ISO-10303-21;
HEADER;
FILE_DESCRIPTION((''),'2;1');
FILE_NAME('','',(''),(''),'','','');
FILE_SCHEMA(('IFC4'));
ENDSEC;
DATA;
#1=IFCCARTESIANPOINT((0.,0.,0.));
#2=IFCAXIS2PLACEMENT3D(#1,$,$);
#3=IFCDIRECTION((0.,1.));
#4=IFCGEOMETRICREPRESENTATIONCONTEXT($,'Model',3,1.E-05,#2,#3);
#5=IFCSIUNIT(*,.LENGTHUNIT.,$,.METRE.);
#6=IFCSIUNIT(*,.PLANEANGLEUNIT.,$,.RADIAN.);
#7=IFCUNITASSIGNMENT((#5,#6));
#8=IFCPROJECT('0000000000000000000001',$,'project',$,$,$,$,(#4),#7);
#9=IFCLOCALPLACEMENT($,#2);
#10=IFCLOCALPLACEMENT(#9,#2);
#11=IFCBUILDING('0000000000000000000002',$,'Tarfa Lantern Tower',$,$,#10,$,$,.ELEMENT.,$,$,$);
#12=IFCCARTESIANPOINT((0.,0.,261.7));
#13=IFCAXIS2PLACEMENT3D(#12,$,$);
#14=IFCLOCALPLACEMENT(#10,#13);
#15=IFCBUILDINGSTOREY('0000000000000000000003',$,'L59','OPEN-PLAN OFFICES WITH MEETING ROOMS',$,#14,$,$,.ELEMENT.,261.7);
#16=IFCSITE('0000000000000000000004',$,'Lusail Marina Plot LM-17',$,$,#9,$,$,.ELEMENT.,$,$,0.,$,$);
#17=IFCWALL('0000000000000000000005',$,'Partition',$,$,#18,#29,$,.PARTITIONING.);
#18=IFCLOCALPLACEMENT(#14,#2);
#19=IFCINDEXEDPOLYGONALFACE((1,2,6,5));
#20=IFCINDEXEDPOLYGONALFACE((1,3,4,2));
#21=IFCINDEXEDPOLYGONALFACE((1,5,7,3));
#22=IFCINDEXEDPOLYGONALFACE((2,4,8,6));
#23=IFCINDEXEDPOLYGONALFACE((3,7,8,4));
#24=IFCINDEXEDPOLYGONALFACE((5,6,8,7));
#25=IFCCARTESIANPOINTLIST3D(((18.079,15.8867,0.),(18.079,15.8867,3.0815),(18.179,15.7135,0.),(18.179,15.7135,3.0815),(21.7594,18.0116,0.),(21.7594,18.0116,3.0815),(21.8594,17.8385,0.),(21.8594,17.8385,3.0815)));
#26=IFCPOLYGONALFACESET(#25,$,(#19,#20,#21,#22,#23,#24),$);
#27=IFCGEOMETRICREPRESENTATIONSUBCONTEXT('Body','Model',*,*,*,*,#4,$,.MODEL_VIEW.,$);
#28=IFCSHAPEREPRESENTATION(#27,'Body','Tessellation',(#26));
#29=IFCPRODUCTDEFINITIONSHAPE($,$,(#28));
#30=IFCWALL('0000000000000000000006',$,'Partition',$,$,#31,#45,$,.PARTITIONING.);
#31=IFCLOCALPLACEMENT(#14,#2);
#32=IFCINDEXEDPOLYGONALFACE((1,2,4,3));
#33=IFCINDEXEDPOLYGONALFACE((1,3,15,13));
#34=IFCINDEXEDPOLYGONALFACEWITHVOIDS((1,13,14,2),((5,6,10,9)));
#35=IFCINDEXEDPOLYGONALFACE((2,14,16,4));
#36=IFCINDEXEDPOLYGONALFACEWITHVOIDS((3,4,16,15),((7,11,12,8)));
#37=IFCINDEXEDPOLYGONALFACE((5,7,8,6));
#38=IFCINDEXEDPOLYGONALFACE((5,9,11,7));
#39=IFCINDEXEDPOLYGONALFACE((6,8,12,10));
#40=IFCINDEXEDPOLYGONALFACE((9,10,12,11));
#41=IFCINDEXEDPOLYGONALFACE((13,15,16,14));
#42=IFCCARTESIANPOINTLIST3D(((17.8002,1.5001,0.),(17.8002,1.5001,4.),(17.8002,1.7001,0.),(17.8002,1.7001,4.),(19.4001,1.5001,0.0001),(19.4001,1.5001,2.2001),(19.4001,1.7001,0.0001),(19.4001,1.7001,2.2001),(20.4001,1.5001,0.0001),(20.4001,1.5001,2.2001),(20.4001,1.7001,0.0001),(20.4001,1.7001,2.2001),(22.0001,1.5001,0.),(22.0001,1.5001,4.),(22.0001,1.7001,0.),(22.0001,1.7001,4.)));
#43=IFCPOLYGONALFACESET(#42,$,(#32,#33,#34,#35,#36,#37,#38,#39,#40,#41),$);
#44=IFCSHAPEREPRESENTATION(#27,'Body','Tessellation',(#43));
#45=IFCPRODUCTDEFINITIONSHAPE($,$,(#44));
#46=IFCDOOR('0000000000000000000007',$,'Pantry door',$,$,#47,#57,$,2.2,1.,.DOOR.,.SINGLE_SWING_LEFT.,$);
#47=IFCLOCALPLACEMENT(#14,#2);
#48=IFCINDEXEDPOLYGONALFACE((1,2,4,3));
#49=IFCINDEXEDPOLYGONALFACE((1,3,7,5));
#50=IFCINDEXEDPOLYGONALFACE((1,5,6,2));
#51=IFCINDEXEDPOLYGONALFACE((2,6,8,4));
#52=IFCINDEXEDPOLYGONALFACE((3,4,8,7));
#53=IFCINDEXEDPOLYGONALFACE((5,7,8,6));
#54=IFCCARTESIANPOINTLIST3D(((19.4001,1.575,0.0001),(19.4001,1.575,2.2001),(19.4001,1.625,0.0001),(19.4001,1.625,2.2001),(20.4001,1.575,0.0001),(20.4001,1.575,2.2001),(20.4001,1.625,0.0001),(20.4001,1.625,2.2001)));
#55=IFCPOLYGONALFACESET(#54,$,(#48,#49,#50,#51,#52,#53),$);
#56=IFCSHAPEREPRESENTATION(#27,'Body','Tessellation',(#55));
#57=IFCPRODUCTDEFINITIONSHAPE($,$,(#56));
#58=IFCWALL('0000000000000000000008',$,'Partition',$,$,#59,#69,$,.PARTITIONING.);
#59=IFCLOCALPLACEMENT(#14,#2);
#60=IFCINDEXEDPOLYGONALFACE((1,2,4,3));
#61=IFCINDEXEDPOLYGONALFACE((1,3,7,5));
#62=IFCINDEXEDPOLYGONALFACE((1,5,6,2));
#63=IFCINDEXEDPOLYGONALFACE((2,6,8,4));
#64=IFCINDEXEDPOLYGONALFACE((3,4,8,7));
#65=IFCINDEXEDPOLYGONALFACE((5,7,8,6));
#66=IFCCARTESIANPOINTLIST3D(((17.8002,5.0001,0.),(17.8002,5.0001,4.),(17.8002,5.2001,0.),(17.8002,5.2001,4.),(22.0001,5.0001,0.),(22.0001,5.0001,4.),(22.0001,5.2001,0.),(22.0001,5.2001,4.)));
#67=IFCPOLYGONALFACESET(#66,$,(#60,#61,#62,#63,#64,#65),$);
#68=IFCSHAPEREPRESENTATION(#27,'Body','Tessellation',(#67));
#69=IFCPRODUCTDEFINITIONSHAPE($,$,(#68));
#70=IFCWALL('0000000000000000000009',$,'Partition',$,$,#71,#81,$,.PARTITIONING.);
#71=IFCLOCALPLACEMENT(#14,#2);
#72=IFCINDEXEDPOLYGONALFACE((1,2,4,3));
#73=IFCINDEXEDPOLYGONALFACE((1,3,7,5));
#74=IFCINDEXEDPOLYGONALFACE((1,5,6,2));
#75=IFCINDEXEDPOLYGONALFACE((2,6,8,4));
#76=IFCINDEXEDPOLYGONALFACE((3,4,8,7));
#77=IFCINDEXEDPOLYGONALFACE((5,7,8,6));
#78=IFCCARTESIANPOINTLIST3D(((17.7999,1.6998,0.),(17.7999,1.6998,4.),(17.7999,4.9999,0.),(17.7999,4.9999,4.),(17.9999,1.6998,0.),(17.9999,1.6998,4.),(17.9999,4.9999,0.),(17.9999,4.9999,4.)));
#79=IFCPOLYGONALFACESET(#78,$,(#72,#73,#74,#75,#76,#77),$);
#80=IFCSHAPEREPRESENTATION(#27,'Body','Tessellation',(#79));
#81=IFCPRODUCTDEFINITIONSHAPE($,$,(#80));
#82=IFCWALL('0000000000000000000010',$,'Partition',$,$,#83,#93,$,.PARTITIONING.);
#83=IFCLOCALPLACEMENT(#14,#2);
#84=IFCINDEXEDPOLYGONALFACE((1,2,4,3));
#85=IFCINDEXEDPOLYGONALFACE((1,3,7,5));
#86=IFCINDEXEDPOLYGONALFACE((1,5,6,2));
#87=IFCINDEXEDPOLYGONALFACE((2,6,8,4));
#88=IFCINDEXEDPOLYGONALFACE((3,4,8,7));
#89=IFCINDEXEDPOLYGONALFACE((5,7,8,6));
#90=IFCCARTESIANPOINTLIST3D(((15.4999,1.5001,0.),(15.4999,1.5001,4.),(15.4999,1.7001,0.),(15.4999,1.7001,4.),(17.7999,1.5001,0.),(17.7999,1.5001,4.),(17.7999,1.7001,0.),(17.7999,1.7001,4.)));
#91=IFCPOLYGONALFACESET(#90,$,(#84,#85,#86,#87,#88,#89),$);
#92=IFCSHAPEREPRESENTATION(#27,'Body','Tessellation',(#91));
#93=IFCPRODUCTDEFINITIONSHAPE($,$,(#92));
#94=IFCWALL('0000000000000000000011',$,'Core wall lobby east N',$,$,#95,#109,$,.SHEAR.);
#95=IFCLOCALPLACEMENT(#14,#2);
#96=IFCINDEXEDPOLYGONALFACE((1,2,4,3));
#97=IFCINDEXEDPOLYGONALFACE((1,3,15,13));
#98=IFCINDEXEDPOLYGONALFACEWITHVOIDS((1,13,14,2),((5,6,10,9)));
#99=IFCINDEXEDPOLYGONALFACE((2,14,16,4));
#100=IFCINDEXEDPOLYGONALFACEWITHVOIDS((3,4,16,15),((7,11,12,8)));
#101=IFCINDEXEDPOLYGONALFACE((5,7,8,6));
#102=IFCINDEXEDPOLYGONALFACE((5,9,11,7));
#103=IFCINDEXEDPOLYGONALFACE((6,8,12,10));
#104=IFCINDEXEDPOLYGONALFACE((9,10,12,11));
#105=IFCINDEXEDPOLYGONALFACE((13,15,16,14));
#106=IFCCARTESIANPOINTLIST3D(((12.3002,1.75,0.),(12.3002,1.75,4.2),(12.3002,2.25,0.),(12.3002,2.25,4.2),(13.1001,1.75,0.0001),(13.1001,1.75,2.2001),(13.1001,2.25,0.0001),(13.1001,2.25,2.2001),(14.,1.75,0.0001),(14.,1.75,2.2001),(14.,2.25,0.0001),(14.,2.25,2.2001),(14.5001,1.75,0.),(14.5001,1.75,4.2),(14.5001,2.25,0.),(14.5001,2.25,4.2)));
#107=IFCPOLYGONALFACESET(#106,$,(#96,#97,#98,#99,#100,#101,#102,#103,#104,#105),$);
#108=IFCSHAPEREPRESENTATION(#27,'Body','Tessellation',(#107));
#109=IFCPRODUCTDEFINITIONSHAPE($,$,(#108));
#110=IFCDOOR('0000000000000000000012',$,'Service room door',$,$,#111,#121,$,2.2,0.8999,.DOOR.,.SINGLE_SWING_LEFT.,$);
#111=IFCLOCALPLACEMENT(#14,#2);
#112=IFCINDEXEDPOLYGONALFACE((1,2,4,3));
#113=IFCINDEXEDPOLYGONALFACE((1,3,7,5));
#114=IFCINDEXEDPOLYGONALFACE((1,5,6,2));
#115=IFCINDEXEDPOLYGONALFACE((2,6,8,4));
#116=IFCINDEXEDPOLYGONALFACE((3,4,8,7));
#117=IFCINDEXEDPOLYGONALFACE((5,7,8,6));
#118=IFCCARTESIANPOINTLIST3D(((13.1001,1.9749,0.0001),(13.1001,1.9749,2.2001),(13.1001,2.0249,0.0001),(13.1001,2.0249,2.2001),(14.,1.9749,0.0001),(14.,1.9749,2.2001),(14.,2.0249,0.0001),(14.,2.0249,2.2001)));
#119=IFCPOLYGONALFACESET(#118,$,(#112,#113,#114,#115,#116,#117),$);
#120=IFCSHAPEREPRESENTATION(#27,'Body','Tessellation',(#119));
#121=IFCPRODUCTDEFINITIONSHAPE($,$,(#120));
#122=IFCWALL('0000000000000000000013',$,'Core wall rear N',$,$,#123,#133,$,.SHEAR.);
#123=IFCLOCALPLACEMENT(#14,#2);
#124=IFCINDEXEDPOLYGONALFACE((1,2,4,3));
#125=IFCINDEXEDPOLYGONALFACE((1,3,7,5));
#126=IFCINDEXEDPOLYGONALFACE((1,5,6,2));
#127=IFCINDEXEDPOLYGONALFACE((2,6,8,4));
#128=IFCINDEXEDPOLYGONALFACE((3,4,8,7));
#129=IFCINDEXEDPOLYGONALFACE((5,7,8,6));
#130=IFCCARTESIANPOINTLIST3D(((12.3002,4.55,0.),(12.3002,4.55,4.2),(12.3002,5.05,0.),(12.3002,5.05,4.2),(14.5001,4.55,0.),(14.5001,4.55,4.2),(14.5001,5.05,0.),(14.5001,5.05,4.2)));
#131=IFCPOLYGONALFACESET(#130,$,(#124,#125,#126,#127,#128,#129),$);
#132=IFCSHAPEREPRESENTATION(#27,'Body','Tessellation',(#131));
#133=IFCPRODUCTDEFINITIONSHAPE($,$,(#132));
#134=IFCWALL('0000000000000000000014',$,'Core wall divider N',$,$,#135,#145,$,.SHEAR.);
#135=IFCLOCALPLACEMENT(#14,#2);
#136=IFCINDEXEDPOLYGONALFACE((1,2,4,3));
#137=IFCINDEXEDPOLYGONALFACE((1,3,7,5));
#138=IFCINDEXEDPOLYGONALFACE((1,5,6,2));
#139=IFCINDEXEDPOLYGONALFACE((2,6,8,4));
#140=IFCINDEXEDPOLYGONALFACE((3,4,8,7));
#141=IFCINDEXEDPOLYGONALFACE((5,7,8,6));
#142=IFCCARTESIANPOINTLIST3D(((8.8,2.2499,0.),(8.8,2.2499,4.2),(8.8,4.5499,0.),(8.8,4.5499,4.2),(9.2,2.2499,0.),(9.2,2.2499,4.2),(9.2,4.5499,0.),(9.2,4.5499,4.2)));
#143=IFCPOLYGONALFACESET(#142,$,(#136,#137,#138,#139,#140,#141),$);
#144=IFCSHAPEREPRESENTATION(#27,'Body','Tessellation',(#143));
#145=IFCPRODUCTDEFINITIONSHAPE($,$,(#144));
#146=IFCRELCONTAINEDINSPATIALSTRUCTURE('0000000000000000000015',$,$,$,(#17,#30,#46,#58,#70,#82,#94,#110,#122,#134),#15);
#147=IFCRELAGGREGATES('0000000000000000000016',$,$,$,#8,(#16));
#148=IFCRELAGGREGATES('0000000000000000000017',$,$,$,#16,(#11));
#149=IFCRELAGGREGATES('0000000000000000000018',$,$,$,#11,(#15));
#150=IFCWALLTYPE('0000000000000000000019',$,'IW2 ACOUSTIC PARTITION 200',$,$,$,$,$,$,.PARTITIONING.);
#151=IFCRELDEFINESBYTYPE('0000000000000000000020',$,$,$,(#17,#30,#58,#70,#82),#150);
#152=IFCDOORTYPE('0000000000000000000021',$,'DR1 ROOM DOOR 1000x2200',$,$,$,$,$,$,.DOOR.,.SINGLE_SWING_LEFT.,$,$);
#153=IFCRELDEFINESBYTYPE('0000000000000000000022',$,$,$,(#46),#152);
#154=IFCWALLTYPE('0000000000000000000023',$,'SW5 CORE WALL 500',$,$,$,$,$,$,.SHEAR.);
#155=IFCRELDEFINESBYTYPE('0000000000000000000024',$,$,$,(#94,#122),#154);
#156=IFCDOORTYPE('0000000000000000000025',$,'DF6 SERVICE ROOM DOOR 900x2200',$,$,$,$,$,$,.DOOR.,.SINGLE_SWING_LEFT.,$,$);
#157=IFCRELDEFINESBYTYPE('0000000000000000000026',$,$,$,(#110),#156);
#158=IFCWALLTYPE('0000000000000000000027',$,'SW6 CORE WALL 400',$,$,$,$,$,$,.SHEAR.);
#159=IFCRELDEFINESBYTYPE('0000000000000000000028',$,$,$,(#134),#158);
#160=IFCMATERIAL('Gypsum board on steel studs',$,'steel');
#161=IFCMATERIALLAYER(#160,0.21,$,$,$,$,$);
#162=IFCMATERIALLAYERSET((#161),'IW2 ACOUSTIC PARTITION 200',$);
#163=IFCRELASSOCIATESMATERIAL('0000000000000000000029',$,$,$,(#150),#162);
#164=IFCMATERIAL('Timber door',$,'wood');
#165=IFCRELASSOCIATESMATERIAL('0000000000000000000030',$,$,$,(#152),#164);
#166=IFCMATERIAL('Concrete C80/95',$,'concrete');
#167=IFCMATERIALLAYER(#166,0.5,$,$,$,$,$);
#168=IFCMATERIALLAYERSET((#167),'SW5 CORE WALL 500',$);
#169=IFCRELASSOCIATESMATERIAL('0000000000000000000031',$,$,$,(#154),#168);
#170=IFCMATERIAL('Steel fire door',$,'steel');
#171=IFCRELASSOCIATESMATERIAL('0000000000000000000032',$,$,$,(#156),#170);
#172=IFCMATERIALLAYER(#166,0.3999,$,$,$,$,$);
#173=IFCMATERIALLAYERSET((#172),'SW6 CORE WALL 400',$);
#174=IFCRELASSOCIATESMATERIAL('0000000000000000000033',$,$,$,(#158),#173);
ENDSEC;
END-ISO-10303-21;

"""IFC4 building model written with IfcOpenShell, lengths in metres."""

from ifc_helpers import new_model, si_unit, direction, frame, frame_2d, origin, place, context, subcontext, project, spatial, rectangle, extrude, material, layer, layer_set, type_object, element, fill, save


model = new_model("IFC4")

# Units and contexts
model_context = context("Model", 3, precision=1e-05, world=origin(), true_north=direction((0.0, 1.0)))
body_context = subcontext(model_context, "Body", "Model", "MODEL_VIEW")
ifc_project = project(units=[si_unit("LENGTHUNIT", "METRE"), si_unit("PLANEANGLEUNIT", "RADIAN")], contexts=[model_context])

# Site, building, storey
site_placement = place(None, origin())
site = spatial("IfcSite", under=ifc_project, at=site_placement, Name="Lusail Marina Plot LM-17", CompositionType="ELEMENT", RefElevation=0.0)
building_placement = place(site_placement, origin())
building = spatial("IfcBuilding", under=site, at=building_placement, Name="Tarfa Lantern Tower", CompositionType="ELEMENT")
storey_placement = place(building_placement, frame((0.0, 0.0, 261.7)))
storey = spatial("IfcBuildingStorey", under=building, at=storey_placement, Name="L59", Description="OPEN-PLAN OFFICES WITH MEETING ROOMS", CompositionType="ELEMENT", Elevation=261.7)

# Shared definitions
ifc_material_1 = material(Name="Concrete C80/95", Category="concrete")

# Wall
ifc_material_2 = material(Name="Gypsum board on steel studs", Category="steel")
ifc_layer_1 = layer(ifc_material_2, 0.21)
ifc_layer_set_1 = layer_set([ifc_layer_1], Name="IW2 ACOUSTIC PARTITION 200")
wall_type_1 = type_object("IfcWallType", Name="IW2 ACOUSTIC PARTITION 200", PredefinedType="PARTITIONING", material=ifc_layer_set_1)
wall_1_placement = place(storey_placement, frame((18.1289, 15.8, 0.0), z_axis=(0.0, 0.0, 1.0), x_axis=(0.866014, 0.500019, 0.0)))
element("IfcWall", 1, at=wall_1_placement, inside=storey, type_object=wall_type_1, Name="Partition", PredefinedType="PARTITIONING", context=body_context, shape_type="SweptSolid", body=[
    extrude(rectangle(XDim=4.2498, YDim=0.2, at=frame_2d((2.125, 0.0))), origin(), (0.0, 0.0, 1.0), 3.0815),
])

# Wall, opening, door
wall_2_placement = place(storey_placement, frame((17.8, 1.6001, 0.0), z_axis=(0.0, 0.0, 1.0), x_axis=(1.0, 0.0, 0.0)))
wall_2 = element("IfcWall", 2, at=wall_2_placement, inside=storey, type_object=wall_type_1, Name="Partition", PredefinedType="PARTITIONING", context=body_context, shape_type="SweptSolid", body=[
    extrude(rectangle(XDim=4.2, YDim=0.2, at=frame_2d((2.1001, 0.0))), origin(), (0.0, 0.0, 1.0), 4.0),
])
opening_1_placement = place(wall_2_placement, frame((1.6001, 0.0, 0.0)))
opening_1 = element("IfcOpeningElement", 3, at=opening_1_placement, cuts=wall_2, PredefinedType="OPENING", context=body_context, shape_type="SweptSolid", body=[
    extrude(rectangle(XDim=1.0, YDim=2.2, at=frame_2d((0.5, 1.1001))), frame((0.0, 0.1099, 0.0), z_axis=(0.0, -1.0, 0.0), x_axis=(1.0, 0.0, 0.0)), (0.0, 0.0, 1.0), 0.22),
])
ifc_material_3 = material(Name="Timber door", Category="wood")
door_type_1 = type_object("IfcDoorType", Name="DR1 ROOM DOOR 1000x2200", OperationType="SINGLE_SWING_LEFT", PredefinedType="DOOR", material=ifc_material_3)
door_1_placement = place(opening_1_placement, origin())
door_1 = element("IfcDoor", 4, at=door_1_placement, inside=storey, type_object=door_type_1, Name="Pantry door", OperationType="SINGLE_SWING_LEFT", OverallHeight=2.2, OverallWidth=1.0, PredefinedType="DOOR", context=body_context, shape_type="SweptSolid", body=[
    extrude(rectangle(XDim=1.0, YDim=2.2, at=frame_2d((0.5, 1.1001))), frame((0.0, 0.0249, 0.0), z_axis=(0.0, -1.0, 0.0), x_axis=(1.0, 0.0, 0.0)), (0.0, 0.0, 1.0), 0.05),
])
fill(opening_1, door_1)

# Walls
wall_3_placement = place(storey_placement, frame((17.8, 5.1001, 0.0), z_axis=(0.0, 0.0, 1.0), x_axis=(1.0, 0.0, 0.0)))
element("IfcWall", 5, at=wall_3_placement, inside=storey, type_object=wall_type_1, Name="Partition", PredefinedType="PARTITIONING", context=body_context, shape_type="SweptSolid", body=[
    extrude(rectangle(XDim=4.2, YDim=0.2, at=frame_2d((2.1001, 0.0))), origin(), (0.0, 0.0, 1.0), 4.0),
])
wall_4_placement = place(storey_placement, frame((17.8999, 1.7, 0.0), z_axis=(0.0, 0.0, 1.0), x_axis=(0.0, 1.0, 0.0)))
element("IfcWall", 6, at=wall_4_placement, inside=storey, type_object=wall_type_1, Name="Partition", PredefinedType="PARTITIONING", context=body_context, shape_type="SweptSolid", body=[
    extrude(rectangle(XDim=3.3, YDim=0.2, at=frame_2d((1.6499, 0.0))), origin(), (0.0, 0.0, 1.0), 4.0),
])
wall_5_placement = place(storey_placement, frame((15.5, 1.6001, 0.0), z_axis=(0.0, 0.0, 1.0), x_axis=(1.0, 0.0, 0.0)))
element("IfcWall", 7, at=wall_5_placement, inside=storey, type_object=wall_type_1, Name="Partition", PredefinedType="PARTITIONING", context=body_context, shape_type="SweptSolid", body=[
    extrude(rectangle(XDim=2.3, YDim=0.2, at=frame_2d((1.1499, 0.0))), origin(), (0.0, 0.0, 1.0), 4.0),
])

# Wall, opening, door
ifc_layer_2 = layer(ifc_material_1, 0.5)
ifc_layer_set_2 = layer_set([ifc_layer_2], Name="SW5 CORE WALL 500")
wall_type_2 = type_object("IfcWallType", Name="SW5 CORE WALL 500", PredefinedType="SHEAR", material=ifc_layer_set_2)
wall_6_placement = place(storey_placement, frame((12.3, 2.0, 0.0), z_axis=(0.0, 0.0, 1.0), x_axis=(1.0, 0.0, 0.0)))
wall_6 = element("IfcWall", 8, at=wall_6_placement, inside=storey, type_object=wall_type_2, Name="Core wall lobby east N", PredefinedType="SHEAR", context=body_context, shape_type="SweptSolid", body=[
    extrude(rectangle(XDim=2.2, YDim=0.5, at=frame_2d((1.1001, 0.0))), origin(), (0.0, 0.0, 1.0), 4.2),
])
opening_2_placement = place(wall_6_placement, frame((0.8, 0.0, 0.0)))
opening_2 = element("IfcOpeningElement", 9, at=opening_2_placement, cuts=wall_6, PredefinedType="OPENING", context=body_context, shape_type="SweptSolid", body=[
    extrude(rectangle(XDim=0.8999, YDim=2.2, at=frame_2d((0.45, 1.1001))), frame((0.0, 0.26, 0.0), z_axis=(0.0, -1.0, 0.0), x_axis=(1.0, 0.0, 0.0)), (0.0, 0.0, 1.0), 0.52),
])
ifc_material_4 = material(Name="Steel fire door", Category="steel")
door_type_2 = type_object("IfcDoorType", Name="DF6 SERVICE ROOM DOOR 900x2200", OperationType="SINGLE_SWING_LEFT", PredefinedType="DOOR", material=ifc_material_4)
door_2_placement = place(opening_2_placement, origin())
door_2 = element("IfcDoor", 10, at=door_2_placement, inside=storey, type_object=door_type_2, Name="Service room door", OperationType="SINGLE_SWING_LEFT", OverallHeight=2.2, OverallWidth=0.8999, PredefinedType="DOOR", context=body_context, shape_type="SweptSolid", body=[
    extrude(rectangle(XDim=0.8999, YDim=2.2, at=frame_2d((0.45, 1.1001))), frame((0.0, 0.0249, 0.0), z_axis=(0.0, -1.0, 0.0), x_axis=(1.0, 0.0, 0.0)), (0.0, 0.0, 1.0), 0.05),
])
fill(opening_2, door_2)

# Walls
wall_7_placement = place(storey_placement, frame((12.3, 4.8, 0.0), z_axis=(0.0, 0.0, 1.0), x_axis=(1.0, 0.0, 0.0)))
element("IfcWall", 11, at=wall_7_placement, inside=storey, type_object=wall_type_2, Name="Core wall rear N", PredefinedType="SHEAR", context=body_context, shape_type="SweptSolid", body=[
    extrude(rectangle(XDim=2.2, YDim=0.5, at=frame_2d((1.1001, 0.0))), origin(), (0.0, 0.0, 1.0), 4.2),
])
ifc_layer_3 = layer(ifc_material_1, 0.3999)
ifc_layer_set_3 = layer_set([ifc_layer_3], Name="SW6 CORE WALL 400")
wall_type_3 = type_object("IfcWallType", Name="SW6 CORE WALL 400", PredefinedType="SHEAR", material=ifc_layer_set_3)
wall_8_placement = place(storey_placement, frame((9.0, 2.25, 0.0), z_axis=(0.0, 0.0, 1.0), x_axis=(0.0, 1.0, 0.0)))
element("IfcWall", 12, at=wall_8_placement, inside=storey, type_object=wall_type_3, Name="Core wall divider N", PredefinedType="SHEAR", context=body_context, shape_type="SweptSolid", body=[
    extrude(rectangle(XDim=2.3, YDim=0.3999, at=frame_2d((1.1499, 0.0))), origin(), (0.0, 0.0, 1.0), 4.2),
])

save(model, "model.ifc")
